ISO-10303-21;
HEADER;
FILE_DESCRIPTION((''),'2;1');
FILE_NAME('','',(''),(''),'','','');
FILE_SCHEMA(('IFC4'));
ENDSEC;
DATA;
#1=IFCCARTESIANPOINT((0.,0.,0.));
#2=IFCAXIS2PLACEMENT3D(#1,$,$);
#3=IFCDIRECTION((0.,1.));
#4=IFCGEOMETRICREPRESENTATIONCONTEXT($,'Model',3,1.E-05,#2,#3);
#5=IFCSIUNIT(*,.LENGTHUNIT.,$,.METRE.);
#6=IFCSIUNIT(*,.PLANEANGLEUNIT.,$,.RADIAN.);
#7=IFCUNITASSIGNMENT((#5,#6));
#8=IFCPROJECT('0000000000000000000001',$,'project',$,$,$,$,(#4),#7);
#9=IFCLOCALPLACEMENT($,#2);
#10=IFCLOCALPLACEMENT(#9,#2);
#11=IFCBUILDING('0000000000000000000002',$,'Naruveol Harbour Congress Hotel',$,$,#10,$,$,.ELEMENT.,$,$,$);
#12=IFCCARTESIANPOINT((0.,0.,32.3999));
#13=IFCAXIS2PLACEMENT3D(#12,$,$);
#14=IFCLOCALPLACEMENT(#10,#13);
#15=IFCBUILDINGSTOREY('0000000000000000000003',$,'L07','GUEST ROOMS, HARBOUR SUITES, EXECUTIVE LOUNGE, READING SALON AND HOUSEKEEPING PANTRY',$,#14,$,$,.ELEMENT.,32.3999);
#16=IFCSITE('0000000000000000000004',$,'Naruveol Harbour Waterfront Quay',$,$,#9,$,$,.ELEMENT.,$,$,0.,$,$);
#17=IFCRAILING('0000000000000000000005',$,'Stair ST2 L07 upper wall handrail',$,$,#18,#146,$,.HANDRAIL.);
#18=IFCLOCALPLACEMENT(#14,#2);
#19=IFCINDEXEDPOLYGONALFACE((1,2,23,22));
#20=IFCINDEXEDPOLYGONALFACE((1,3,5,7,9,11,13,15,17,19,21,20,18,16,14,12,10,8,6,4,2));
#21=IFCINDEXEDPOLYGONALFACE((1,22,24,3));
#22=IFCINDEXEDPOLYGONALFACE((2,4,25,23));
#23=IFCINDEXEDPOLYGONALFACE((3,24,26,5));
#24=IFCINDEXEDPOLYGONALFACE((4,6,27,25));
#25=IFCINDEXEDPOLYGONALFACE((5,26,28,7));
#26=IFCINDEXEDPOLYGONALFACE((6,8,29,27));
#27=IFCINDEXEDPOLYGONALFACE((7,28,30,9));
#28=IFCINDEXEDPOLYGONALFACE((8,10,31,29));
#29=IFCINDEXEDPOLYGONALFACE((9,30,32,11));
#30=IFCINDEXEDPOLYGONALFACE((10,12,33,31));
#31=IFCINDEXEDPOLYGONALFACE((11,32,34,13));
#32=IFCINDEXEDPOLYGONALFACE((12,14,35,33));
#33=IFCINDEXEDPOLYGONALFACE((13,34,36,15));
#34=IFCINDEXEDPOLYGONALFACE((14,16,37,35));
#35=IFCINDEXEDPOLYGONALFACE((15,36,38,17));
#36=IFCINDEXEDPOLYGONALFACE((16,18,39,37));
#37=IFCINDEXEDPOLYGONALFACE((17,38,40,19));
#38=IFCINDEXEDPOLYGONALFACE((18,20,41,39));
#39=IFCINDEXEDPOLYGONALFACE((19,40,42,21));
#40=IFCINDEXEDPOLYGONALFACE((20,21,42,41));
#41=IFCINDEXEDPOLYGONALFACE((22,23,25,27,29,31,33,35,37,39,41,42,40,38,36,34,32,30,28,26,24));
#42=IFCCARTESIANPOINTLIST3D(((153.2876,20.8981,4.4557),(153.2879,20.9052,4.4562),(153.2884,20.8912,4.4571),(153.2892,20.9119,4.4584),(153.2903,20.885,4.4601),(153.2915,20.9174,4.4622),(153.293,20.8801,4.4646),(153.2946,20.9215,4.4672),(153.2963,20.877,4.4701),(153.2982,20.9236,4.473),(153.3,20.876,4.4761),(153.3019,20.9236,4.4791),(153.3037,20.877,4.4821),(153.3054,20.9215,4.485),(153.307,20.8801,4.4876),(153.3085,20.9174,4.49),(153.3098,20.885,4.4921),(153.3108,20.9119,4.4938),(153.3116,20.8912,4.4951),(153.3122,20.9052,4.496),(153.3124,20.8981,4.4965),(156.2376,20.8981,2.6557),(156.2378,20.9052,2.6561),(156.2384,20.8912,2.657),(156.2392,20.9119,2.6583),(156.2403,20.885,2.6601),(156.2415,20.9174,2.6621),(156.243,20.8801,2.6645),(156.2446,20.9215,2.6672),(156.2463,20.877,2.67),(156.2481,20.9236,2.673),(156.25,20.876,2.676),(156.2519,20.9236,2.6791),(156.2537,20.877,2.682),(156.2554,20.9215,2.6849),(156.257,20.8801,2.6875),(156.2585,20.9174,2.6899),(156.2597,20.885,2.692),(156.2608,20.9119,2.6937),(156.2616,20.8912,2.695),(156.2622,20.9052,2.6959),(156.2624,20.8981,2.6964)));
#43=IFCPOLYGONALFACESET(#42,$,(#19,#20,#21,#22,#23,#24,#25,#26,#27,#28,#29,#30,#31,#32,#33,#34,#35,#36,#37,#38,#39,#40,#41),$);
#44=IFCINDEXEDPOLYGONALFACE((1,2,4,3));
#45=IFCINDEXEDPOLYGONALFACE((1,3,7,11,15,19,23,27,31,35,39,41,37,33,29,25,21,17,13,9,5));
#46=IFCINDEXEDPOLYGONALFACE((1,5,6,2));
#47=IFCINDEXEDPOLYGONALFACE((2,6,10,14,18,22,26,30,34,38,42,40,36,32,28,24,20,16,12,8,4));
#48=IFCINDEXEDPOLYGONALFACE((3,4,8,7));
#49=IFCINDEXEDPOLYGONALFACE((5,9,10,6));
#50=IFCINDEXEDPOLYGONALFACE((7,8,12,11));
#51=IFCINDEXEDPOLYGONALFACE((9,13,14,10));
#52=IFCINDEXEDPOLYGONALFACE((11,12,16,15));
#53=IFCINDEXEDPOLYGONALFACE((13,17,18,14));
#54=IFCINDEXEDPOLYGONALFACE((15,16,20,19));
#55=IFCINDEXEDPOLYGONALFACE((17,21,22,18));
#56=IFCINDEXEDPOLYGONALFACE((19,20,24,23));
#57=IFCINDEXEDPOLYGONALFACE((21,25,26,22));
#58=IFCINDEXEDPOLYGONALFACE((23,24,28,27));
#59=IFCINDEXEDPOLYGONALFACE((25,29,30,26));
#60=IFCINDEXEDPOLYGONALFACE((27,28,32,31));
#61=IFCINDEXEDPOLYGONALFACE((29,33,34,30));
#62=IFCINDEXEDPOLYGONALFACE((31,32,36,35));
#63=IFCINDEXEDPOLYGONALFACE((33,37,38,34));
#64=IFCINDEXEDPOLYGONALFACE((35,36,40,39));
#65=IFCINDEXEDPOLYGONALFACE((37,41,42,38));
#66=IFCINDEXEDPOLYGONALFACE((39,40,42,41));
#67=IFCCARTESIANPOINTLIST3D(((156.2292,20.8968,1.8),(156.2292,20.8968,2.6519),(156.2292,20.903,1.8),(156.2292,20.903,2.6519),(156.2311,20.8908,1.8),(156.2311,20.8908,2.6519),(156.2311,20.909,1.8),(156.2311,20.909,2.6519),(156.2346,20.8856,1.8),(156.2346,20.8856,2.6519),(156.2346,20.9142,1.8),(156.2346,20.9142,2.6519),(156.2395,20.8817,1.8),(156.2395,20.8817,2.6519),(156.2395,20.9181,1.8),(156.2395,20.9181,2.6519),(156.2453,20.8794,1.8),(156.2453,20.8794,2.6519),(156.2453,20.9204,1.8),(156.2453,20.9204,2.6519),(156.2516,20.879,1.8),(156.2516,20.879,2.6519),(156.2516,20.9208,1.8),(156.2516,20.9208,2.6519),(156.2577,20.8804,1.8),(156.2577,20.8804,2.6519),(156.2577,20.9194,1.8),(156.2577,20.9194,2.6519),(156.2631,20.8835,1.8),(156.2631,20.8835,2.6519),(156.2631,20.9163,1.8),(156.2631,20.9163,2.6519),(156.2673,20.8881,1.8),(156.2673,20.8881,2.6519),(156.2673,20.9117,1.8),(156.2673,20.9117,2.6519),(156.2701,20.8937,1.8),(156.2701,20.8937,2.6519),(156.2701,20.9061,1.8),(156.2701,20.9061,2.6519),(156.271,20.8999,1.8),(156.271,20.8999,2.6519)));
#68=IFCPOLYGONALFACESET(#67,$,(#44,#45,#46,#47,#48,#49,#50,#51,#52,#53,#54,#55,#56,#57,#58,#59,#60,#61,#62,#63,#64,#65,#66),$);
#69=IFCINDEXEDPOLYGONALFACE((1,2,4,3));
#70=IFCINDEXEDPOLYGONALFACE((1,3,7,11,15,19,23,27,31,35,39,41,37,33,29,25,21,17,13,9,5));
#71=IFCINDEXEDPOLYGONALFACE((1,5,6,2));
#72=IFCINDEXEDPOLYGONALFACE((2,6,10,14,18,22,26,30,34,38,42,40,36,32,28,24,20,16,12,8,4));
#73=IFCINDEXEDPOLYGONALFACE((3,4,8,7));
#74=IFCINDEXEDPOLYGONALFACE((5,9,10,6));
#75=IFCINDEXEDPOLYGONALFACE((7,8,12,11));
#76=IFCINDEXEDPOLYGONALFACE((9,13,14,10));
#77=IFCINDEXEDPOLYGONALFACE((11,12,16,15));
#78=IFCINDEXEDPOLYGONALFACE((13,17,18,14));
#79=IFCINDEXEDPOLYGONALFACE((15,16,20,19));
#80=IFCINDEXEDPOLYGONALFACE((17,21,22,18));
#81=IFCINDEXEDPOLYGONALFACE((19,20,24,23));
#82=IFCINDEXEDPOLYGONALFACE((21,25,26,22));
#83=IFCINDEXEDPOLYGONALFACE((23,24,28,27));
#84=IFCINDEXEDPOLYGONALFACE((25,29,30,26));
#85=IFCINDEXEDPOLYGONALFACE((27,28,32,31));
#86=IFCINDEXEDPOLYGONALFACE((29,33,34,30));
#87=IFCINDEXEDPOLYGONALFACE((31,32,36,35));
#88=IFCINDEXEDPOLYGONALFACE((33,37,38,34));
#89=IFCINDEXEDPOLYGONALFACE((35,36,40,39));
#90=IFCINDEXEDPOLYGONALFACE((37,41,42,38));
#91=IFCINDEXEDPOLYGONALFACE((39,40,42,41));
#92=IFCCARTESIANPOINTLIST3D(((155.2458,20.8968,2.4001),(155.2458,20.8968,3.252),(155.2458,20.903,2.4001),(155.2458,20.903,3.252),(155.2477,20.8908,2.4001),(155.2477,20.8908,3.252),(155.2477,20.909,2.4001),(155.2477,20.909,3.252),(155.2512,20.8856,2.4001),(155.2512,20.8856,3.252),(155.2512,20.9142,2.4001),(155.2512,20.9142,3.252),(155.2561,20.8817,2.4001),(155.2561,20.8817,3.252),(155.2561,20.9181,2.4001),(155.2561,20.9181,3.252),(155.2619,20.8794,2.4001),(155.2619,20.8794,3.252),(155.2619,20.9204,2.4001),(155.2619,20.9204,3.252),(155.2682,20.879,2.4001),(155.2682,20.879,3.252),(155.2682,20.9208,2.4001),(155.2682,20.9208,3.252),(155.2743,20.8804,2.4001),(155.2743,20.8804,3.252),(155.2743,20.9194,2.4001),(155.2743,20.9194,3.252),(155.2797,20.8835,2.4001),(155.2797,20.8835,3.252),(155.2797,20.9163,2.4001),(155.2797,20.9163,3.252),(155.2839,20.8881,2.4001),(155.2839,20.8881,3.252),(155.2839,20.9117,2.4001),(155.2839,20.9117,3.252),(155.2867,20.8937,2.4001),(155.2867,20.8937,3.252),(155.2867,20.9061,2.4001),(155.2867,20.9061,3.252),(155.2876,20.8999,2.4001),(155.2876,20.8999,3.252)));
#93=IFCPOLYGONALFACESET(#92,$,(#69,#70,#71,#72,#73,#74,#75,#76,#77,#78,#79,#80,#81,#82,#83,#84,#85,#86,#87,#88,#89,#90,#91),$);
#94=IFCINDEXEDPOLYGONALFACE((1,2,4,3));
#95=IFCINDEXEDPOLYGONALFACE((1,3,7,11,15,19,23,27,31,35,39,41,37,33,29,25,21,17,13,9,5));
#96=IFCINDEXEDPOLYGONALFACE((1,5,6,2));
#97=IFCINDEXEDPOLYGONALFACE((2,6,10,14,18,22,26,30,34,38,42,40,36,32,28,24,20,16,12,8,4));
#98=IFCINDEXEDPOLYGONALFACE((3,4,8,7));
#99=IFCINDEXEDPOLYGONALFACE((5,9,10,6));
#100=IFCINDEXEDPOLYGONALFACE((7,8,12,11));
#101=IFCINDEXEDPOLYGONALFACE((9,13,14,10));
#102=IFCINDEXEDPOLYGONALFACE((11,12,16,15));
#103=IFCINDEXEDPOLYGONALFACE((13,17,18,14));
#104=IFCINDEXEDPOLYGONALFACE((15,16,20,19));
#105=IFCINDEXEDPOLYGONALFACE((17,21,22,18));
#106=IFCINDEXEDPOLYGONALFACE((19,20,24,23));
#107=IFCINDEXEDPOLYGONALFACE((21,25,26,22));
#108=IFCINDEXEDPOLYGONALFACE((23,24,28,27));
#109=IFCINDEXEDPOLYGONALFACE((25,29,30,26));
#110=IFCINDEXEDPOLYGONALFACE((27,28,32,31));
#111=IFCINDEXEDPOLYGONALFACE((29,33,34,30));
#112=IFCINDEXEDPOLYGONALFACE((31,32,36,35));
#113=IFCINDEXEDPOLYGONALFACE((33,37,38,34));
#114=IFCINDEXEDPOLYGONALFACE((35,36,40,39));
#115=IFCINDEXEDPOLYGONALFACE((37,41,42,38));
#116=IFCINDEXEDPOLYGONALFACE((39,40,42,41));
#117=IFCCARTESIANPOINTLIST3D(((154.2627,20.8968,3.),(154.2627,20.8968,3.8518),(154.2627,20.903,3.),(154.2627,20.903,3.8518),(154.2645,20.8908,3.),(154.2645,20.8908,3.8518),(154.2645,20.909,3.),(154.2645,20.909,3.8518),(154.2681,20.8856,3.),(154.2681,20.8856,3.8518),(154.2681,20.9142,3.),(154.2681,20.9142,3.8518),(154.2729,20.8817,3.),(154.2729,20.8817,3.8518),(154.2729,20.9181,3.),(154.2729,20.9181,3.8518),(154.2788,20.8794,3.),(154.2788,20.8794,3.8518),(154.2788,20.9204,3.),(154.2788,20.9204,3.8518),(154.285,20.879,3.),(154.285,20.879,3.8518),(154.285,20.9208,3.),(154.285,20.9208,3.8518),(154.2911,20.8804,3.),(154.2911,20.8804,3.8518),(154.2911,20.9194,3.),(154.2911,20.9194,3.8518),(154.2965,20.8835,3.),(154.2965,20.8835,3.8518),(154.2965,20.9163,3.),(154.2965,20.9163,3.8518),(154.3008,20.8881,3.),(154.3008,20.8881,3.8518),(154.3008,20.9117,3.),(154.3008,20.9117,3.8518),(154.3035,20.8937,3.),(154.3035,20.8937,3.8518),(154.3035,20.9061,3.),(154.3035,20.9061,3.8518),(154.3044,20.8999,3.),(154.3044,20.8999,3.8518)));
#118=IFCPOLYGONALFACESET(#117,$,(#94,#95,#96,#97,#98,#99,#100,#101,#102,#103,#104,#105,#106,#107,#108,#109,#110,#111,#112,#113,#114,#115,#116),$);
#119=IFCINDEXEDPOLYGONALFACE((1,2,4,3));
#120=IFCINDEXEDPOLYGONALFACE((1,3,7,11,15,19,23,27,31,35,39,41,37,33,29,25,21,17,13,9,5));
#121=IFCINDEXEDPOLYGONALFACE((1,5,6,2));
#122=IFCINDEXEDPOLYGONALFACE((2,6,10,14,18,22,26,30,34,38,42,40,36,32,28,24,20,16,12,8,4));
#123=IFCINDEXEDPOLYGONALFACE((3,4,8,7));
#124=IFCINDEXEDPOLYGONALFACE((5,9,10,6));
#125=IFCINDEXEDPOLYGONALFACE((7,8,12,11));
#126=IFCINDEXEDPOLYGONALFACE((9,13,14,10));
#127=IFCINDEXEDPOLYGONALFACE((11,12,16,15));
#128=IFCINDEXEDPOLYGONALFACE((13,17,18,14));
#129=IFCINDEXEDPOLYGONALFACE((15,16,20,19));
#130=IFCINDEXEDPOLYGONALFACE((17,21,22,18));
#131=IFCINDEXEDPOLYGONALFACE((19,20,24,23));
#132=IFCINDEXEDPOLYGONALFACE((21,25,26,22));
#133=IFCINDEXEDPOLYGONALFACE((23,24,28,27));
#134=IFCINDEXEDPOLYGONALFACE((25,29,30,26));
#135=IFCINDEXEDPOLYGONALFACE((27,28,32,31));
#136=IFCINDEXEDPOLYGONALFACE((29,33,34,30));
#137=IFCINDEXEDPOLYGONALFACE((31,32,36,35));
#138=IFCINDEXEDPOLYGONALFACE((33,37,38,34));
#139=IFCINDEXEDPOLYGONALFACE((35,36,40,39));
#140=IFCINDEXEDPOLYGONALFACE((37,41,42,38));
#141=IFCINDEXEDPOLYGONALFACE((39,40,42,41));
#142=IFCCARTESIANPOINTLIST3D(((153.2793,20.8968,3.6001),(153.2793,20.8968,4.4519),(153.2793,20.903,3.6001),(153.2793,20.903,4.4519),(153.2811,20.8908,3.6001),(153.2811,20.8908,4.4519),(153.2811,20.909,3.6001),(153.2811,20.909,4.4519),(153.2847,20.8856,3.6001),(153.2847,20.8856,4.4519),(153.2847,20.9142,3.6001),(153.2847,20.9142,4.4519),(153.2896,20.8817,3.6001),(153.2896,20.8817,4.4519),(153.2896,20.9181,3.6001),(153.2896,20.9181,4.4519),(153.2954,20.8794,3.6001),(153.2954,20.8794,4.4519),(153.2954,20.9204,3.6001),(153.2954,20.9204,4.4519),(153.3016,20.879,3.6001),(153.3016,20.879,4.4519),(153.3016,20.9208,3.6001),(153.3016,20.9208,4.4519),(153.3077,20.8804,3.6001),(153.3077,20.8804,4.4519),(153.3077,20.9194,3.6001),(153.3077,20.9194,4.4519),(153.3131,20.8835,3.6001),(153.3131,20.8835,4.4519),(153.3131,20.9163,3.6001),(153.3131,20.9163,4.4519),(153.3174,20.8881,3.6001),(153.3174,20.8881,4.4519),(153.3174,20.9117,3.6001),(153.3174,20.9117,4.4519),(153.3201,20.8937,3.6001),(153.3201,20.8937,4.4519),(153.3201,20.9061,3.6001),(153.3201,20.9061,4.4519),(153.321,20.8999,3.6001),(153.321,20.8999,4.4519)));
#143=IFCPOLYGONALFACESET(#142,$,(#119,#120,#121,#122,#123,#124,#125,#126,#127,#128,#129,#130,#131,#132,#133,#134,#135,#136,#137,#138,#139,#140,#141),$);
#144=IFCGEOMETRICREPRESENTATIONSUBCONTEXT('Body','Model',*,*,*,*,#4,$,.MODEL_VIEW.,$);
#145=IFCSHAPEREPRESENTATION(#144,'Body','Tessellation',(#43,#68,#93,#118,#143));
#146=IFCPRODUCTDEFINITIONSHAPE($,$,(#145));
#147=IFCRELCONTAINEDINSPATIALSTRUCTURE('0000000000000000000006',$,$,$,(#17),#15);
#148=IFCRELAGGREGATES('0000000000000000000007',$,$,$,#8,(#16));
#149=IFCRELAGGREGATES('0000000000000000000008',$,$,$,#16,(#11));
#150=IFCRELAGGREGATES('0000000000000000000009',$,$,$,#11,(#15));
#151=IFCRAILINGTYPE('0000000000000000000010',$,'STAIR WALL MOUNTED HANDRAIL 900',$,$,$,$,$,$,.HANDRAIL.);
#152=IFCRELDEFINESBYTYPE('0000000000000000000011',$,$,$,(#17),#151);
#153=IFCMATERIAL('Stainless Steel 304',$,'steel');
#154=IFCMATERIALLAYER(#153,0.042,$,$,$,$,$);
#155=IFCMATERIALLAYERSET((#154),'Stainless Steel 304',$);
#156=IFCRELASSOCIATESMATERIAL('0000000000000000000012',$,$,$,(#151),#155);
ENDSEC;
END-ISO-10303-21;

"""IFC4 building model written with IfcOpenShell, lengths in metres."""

from ifc_helpers import new_model, si_unit, direction, frame, origin, origin_2d, place, context, subcontext, project, spatial, circle, extrude, material, layer, layer_set, type_object, element, save


model = new_model("IFC4")

# Units and contexts
model_context = context("Model", 3, precision=1e-05, world=origin(), true_north=direction((0.0, 1.0)))
body_context = subcontext(model_context, "Body", "Model", "MODEL_VIEW")
ifc_project = project(units=[si_unit("LENGTHUNIT", "METRE"), si_unit("PLANEANGLEUNIT", "RADIAN")], contexts=[model_context])

# Site, building, storey
site_placement = place(None, origin())
site = spatial("IfcSite", under=ifc_project, at=site_placement, Name="Naruveol Harbour Waterfront Quay", CompositionType="ELEMENT", RefElevation=0.0)
building_placement = place(site_placement, origin())
building = spatial("IfcBuilding", under=site, at=building_placement, Name="Naruveol Harbour Congress Hotel", CompositionType="ELEMENT")
storey_placement = place(building_placement, frame((0.0, 0.0, 32.3999)))
storey = spatial("IfcBuildingStorey", under=building, at=storey_placement, Name="L07", Description="GUEST ROOMS, HARBOUR SUITES, EXECUTIVE LOUNGE, READING SALON AND HOUSEKEEPING PANTRY", CompositionType="ELEMENT", Elevation=32.3999)

# Railing
ifc_material_1 = material(Name="Stainless Steel 304", Category="steel")
ifc_layer_1 = layer(ifc_material_1, 0.042)
ifc_layer_set_1 = layer_set([ifc_layer_1], Name="Stainless Steel 304")
railing_type_1 = type_object("IfcRailingType", Name="STAIR WALL MOUNTED HANDRAIL 900", PredefinedType="HANDRAIL", material=ifc_layer_set_1)
railing_1_placement = place(storey_placement, frame((156.25, 20.8999, 1.8)))
element("IfcRailing", 1, at=railing_1_placement, inside=storey, type_object=railing_type_1, Name="Stair ST2 L07 upper wall handrail", PredefinedType="HANDRAIL", context=body_context, shape_type="SweptSolid", body=[
    extrude(circle(Radius=0.0239, at=origin_2d()), frame((0.0, 0.0, 0.876), z_axis=(-0.853629, 0.0, 0.520881), x_axis=(0.0, -1.0, 0.0)), (0.0, 0.0, 1.0), 3.4558),
    extrude(circle(Radius=0.021, at=origin_2d()), origin(), (0.0, 0.0, 1.0), 0.8518),
    extrude(circle(Radius=0.021, at=origin_2d()), frame((-0.9834, 0.0, 0.6001)), (0.0, 0.0, 1.0), 0.8518),
    extrude(circle(Radius=0.021, at=origin_2d()), frame((-1.9666, 0.0, 1.2)), (0.0, 0.0, 1.0), 0.8518),
    extrude(circle(Radius=0.021, at=origin_2d()), frame((-2.95, 0.0, 1.8)), (0.0, 0.0, 1.0), 0.8518),
])

save(model, "model.ifc")
